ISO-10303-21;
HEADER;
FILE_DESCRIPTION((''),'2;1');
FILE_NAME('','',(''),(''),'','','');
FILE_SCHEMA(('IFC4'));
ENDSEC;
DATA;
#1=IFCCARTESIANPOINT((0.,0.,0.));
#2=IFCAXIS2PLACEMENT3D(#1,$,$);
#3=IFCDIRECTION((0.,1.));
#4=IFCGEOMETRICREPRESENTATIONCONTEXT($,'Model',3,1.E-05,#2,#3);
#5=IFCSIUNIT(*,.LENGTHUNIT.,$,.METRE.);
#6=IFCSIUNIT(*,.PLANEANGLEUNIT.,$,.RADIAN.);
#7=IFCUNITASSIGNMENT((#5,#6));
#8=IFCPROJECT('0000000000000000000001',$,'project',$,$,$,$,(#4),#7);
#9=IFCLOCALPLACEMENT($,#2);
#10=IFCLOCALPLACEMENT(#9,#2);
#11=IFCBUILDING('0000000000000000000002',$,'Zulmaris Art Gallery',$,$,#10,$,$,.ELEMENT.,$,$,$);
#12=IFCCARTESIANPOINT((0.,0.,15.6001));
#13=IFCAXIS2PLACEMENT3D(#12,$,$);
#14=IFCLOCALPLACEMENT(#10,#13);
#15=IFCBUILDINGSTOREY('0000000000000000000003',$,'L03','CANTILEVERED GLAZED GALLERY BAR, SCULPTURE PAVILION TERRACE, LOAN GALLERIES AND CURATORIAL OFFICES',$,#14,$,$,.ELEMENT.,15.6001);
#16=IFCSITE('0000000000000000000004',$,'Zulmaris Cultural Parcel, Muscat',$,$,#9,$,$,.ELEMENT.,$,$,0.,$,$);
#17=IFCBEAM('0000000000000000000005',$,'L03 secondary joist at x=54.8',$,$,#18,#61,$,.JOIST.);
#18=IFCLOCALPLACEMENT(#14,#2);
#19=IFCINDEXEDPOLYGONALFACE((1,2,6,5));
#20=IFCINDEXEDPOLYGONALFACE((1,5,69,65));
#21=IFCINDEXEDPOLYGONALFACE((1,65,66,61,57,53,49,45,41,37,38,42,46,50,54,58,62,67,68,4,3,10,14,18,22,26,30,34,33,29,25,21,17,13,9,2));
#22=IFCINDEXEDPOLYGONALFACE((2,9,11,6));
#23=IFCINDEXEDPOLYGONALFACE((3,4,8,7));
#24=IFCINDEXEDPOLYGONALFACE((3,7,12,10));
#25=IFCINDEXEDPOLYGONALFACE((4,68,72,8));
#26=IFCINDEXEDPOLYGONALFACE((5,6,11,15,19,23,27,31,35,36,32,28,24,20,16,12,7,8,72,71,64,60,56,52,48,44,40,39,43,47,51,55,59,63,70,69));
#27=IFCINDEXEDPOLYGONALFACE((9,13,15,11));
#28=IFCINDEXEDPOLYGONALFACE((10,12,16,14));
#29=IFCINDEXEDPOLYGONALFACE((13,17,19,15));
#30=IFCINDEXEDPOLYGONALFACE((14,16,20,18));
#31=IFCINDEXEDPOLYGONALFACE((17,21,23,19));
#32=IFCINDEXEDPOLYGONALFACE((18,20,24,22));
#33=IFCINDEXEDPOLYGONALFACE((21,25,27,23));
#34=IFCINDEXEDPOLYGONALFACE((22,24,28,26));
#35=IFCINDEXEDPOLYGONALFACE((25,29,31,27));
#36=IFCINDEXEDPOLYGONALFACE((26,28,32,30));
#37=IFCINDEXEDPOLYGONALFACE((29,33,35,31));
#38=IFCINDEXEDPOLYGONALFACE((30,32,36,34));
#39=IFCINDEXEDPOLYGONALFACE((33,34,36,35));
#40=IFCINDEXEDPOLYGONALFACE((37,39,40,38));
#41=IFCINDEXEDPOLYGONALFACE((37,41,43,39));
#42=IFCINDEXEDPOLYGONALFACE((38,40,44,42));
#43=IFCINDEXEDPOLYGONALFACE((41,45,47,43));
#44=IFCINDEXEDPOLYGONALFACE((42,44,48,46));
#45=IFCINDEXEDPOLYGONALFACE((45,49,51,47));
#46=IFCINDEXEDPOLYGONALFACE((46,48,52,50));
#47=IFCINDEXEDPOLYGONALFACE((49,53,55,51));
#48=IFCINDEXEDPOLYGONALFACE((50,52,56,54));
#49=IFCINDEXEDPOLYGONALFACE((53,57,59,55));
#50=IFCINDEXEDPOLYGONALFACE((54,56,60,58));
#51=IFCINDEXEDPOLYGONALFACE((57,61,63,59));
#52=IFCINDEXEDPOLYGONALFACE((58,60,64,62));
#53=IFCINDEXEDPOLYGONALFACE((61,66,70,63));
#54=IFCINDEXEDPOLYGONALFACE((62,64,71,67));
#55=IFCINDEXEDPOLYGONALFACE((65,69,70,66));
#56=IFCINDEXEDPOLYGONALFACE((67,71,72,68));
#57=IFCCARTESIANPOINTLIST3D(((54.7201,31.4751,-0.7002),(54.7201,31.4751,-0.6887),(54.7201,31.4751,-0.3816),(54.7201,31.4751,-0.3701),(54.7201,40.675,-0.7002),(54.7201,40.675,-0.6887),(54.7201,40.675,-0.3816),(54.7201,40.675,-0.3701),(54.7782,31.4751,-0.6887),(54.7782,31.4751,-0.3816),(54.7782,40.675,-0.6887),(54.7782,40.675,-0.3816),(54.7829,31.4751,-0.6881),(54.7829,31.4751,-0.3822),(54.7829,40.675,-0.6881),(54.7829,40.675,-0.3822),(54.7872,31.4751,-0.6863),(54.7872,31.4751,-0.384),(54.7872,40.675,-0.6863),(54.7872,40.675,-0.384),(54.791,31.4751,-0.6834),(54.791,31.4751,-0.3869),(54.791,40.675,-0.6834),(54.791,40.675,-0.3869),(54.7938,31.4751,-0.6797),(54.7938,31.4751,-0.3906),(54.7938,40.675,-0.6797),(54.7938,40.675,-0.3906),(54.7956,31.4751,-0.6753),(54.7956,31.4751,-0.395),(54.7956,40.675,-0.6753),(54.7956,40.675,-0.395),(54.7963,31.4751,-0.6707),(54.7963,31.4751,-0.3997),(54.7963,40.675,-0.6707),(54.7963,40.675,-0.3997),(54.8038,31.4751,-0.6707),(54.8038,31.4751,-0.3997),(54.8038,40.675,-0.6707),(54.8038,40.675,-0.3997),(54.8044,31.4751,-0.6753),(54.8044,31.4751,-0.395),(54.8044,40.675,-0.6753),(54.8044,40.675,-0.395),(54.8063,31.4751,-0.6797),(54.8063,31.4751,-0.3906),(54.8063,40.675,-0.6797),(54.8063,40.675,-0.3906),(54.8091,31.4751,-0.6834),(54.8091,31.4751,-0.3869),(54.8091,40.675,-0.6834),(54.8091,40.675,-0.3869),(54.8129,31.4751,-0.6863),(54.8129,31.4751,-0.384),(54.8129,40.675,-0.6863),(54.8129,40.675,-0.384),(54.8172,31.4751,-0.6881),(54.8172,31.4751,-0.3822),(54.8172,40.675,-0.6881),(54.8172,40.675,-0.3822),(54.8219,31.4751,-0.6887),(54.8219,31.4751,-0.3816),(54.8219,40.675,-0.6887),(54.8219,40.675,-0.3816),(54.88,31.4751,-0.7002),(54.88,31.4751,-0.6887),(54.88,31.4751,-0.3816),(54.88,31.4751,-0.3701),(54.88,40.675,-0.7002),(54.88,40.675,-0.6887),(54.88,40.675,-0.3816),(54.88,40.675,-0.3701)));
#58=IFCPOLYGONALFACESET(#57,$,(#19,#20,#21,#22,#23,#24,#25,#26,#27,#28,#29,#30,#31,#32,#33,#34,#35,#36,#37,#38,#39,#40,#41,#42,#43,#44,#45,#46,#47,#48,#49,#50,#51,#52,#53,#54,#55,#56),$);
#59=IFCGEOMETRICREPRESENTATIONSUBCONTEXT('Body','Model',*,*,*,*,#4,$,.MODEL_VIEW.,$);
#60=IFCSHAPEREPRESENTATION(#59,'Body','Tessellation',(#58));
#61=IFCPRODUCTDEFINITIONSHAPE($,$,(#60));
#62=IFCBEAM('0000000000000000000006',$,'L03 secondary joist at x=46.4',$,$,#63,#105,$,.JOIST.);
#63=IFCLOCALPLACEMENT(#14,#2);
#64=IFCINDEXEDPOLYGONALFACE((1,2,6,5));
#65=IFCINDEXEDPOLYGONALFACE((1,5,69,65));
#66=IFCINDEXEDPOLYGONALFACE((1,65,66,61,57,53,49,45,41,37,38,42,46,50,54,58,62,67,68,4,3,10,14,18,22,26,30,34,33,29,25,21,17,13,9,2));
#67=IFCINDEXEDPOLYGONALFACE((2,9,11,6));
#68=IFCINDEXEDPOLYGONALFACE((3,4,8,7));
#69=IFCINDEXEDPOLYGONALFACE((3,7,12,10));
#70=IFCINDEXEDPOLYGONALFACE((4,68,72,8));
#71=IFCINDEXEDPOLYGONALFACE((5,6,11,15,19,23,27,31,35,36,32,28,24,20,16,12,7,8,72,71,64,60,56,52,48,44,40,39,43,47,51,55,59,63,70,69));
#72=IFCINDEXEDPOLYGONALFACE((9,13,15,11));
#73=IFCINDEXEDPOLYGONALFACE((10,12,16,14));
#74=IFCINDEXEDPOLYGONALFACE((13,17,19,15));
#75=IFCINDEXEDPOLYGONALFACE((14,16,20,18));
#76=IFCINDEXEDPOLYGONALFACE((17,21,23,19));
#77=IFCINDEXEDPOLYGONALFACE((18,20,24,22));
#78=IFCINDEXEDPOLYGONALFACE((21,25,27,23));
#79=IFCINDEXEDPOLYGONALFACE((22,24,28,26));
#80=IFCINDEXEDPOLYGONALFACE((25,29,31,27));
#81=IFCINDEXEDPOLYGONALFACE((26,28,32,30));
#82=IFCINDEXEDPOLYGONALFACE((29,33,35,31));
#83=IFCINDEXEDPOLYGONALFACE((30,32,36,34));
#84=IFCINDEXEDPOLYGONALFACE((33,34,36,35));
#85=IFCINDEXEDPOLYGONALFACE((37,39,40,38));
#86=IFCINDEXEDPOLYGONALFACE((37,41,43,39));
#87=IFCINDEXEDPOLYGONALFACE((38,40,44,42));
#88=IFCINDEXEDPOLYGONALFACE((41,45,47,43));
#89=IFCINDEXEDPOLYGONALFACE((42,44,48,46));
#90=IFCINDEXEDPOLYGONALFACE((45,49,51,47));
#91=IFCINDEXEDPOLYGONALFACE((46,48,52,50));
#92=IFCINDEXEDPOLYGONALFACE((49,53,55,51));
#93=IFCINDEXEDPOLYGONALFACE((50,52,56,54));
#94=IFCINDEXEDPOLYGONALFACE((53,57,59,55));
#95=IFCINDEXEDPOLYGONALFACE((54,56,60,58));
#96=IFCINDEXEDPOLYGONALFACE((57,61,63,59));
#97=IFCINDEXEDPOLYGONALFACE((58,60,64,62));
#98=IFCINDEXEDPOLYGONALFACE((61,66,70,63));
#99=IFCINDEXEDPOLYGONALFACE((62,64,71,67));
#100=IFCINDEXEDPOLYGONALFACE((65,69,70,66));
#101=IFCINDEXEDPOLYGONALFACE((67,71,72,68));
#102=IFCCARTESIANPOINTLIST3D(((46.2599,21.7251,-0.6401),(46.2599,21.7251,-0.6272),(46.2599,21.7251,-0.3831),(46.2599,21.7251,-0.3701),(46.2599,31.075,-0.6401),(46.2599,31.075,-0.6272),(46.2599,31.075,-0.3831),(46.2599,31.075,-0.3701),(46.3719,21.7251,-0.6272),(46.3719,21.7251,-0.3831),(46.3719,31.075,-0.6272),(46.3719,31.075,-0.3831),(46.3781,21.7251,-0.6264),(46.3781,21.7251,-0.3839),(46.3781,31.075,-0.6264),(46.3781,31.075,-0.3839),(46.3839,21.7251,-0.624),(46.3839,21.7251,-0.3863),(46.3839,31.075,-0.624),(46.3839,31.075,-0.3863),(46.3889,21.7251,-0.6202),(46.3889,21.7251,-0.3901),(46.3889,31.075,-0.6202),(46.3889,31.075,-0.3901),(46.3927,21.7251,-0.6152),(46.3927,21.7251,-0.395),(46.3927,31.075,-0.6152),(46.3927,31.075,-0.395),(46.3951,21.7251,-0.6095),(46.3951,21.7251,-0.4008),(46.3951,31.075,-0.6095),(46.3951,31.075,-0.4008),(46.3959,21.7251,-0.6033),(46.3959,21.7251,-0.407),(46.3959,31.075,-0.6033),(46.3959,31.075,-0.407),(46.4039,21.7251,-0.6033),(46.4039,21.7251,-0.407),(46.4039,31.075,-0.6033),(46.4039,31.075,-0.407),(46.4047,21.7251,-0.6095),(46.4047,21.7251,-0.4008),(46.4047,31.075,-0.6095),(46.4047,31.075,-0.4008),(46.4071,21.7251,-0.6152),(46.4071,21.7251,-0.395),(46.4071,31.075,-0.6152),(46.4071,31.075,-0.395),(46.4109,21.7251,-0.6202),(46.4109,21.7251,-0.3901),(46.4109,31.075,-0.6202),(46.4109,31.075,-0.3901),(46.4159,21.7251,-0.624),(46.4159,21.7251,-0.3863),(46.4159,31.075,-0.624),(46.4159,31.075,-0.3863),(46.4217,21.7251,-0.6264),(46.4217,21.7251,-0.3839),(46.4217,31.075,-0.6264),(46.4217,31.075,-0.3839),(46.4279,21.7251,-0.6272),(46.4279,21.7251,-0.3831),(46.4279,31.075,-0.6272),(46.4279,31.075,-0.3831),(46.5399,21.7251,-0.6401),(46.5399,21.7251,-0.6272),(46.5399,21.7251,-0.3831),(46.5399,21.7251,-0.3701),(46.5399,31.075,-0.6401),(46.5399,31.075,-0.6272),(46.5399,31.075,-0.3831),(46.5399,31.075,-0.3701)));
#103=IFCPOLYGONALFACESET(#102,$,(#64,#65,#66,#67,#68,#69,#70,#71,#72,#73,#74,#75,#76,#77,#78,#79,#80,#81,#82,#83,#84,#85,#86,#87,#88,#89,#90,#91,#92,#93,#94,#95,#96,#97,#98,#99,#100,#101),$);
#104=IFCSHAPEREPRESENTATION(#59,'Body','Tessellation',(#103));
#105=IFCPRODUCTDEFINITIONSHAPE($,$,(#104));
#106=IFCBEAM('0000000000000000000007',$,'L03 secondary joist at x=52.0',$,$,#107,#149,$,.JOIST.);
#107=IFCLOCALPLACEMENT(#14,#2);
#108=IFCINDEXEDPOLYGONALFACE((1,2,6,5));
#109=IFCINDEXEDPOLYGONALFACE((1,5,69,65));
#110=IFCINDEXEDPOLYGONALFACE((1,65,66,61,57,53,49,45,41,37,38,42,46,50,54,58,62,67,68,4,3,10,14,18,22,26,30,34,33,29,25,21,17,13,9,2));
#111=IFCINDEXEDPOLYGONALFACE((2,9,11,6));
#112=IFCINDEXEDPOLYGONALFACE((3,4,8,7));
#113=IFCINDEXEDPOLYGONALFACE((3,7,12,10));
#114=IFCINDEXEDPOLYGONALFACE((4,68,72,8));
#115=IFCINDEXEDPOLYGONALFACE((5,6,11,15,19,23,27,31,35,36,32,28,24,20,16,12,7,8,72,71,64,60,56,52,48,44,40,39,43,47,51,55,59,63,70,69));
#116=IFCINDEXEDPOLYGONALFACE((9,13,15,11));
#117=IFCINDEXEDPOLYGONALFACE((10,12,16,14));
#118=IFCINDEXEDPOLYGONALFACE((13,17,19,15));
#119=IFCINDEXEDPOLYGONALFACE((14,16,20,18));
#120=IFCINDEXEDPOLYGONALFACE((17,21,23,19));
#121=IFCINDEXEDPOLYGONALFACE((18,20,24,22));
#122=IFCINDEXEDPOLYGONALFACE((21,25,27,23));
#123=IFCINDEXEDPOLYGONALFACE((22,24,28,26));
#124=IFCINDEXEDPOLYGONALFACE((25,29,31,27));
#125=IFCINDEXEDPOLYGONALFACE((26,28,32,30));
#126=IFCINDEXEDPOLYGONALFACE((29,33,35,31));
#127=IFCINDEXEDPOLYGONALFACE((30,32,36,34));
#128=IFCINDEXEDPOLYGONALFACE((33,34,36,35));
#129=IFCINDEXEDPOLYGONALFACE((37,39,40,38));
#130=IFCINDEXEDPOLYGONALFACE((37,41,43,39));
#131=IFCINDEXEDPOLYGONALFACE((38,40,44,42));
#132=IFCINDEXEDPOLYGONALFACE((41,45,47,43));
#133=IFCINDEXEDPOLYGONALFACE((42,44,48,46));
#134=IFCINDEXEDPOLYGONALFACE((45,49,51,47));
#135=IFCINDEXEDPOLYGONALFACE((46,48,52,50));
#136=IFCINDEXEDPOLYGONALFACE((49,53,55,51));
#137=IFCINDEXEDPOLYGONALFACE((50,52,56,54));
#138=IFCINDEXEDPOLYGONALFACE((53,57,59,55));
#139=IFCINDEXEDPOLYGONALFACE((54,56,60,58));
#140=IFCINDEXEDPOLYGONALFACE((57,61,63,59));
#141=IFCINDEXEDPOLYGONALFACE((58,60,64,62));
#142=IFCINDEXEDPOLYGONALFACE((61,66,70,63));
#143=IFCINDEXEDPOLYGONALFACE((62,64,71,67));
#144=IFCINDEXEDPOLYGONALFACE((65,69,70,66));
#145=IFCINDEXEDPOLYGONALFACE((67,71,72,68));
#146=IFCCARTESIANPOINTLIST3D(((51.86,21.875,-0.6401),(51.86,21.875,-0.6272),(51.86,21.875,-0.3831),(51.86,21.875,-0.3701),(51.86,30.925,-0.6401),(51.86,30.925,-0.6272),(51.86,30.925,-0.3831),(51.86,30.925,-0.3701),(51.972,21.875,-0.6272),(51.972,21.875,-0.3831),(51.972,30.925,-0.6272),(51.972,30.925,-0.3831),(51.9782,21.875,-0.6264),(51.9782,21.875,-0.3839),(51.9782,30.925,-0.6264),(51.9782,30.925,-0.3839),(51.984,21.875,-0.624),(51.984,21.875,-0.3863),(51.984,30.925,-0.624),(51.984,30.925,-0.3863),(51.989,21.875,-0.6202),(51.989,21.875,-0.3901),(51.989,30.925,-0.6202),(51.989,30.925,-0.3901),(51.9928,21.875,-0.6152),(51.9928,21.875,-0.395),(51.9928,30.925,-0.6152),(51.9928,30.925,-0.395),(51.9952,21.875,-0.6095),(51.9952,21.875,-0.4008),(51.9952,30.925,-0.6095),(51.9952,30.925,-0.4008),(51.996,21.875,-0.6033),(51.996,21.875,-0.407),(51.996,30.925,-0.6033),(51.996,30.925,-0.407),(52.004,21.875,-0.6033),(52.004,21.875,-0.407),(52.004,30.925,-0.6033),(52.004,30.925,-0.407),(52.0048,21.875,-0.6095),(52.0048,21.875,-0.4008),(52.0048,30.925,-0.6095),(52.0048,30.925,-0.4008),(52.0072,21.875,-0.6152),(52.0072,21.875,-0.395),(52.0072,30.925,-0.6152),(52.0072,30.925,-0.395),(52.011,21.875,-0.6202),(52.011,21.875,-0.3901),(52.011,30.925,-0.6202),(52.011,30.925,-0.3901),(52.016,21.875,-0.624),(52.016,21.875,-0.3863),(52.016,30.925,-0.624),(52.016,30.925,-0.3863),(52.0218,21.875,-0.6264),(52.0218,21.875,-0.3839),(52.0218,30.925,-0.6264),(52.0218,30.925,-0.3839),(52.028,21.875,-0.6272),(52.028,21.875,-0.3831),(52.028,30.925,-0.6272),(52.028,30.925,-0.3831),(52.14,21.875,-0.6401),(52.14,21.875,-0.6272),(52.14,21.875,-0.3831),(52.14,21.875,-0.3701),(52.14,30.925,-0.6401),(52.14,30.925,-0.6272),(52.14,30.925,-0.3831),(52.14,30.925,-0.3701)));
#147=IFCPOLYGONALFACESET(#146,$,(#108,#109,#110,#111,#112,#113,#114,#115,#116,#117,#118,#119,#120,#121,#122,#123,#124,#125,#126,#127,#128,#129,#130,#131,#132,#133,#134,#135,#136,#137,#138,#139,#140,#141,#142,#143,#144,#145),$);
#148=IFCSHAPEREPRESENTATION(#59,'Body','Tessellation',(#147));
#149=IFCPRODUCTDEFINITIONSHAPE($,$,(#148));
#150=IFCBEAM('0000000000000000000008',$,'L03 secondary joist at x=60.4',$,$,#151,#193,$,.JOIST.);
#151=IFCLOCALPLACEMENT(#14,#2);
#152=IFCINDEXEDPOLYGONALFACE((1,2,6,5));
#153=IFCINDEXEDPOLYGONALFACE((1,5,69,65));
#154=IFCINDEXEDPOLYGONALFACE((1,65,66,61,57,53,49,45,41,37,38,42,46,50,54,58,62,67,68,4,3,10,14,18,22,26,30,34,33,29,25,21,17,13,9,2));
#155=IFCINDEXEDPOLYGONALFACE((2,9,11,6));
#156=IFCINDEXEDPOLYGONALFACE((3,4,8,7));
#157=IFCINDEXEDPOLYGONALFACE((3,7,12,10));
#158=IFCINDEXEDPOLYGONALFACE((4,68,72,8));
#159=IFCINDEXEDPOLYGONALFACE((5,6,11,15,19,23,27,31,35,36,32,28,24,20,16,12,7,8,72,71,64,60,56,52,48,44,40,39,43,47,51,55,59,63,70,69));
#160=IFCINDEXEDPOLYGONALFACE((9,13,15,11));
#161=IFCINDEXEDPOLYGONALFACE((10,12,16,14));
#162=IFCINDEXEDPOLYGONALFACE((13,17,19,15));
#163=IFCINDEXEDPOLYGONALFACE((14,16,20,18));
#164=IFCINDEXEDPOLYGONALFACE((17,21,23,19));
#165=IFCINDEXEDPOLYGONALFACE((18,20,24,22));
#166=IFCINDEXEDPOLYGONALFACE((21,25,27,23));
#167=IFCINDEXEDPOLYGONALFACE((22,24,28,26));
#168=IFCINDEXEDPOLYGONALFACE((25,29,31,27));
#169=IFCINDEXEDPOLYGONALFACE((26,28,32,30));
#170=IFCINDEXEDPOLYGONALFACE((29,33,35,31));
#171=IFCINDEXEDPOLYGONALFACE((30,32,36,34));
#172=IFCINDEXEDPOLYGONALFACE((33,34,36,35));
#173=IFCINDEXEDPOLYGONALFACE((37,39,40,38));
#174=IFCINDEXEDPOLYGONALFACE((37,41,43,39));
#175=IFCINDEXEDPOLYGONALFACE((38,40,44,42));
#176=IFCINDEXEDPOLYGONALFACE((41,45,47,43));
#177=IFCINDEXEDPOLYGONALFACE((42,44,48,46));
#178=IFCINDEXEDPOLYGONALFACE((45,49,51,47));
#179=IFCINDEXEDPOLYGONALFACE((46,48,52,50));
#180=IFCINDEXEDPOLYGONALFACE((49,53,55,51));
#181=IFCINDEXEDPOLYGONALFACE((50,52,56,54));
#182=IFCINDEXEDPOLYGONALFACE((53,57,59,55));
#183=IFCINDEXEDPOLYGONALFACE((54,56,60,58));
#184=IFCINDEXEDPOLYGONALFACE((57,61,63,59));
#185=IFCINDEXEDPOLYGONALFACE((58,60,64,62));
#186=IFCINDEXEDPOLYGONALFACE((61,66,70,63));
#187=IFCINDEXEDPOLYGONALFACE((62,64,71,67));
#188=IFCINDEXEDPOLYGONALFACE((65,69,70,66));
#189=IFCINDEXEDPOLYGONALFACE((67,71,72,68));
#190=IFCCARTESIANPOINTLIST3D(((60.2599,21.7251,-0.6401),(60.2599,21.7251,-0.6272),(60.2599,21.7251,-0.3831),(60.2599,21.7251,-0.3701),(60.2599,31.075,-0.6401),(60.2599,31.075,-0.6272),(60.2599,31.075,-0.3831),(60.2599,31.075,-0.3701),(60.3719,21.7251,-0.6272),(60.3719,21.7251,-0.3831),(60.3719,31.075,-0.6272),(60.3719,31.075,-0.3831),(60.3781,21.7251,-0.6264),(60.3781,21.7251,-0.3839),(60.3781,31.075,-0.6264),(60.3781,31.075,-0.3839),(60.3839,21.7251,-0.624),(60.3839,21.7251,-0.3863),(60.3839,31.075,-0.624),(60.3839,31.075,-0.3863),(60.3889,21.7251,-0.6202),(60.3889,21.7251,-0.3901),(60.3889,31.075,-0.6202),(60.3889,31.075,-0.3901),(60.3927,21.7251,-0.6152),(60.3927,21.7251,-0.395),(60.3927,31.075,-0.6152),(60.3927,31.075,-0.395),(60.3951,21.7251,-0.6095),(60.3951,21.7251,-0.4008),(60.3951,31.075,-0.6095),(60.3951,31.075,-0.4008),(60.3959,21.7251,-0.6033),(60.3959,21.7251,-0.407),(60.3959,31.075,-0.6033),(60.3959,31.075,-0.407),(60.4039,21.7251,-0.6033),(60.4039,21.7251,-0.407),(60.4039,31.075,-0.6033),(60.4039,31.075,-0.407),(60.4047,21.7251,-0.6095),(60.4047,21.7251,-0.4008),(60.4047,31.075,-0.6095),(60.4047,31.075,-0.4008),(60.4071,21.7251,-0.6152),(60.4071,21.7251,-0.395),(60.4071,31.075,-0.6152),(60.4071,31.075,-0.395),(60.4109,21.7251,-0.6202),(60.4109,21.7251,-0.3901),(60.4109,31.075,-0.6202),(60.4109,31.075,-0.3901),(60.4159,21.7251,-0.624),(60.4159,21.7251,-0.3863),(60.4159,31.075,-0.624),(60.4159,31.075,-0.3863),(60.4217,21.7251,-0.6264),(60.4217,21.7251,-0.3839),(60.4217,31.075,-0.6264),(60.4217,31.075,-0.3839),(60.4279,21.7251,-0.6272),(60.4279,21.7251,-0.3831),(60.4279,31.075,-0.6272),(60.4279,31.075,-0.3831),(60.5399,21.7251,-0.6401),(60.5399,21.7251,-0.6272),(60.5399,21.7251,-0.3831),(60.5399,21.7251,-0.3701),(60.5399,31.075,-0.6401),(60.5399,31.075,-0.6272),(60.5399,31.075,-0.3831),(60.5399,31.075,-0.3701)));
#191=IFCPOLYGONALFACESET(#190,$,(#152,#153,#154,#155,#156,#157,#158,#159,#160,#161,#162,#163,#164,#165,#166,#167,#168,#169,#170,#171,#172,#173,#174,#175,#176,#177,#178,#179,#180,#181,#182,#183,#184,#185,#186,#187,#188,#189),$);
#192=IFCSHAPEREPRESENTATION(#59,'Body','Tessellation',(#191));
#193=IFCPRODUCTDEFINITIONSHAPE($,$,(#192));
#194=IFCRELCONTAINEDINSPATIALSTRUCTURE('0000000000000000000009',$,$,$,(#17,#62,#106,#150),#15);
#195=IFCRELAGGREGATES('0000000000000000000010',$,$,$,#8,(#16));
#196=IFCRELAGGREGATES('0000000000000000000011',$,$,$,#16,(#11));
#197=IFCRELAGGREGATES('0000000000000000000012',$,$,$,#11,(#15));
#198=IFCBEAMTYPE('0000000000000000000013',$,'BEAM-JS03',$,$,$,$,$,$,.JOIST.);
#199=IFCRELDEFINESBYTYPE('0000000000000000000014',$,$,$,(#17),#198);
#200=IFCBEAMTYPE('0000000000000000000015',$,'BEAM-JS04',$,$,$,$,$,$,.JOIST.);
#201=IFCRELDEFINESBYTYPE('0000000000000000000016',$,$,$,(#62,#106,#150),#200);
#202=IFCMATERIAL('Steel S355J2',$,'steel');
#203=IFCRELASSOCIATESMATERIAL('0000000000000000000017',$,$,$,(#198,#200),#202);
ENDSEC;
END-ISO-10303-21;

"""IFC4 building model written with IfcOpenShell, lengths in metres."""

from ifc_helpers import new_model, si_unit, direction, frame, origin, origin_2d, place, context, subcontext, project, spatial, i_section, extrude, material, material_profile, profile_set, type_object, element, save


model = new_model("IFC4")

# Units and contexts
model_context = context("Model", 3, precision=1e-05, world=origin(), true_north=direction((0.0, 1.0)))
body_context = subcontext(model_context, "Body", "Model", "MODEL_VIEW")
ifc_project = project(units=[si_unit("LENGTHUNIT", "METRE"), si_unit("PLANEANGLEUNIT", "RADIAN")], contexts=[model_context])

# Site, building, storey
site_placement = place(None, origin())
site = spatial("IfcSite", under=ifc_project, at=site_placement, Name="Zulmaris Cultural Parcel, Muscat", CompositionType="ELEMENT", RefElevation=0.0)
building_placement = place(site_placement, origin())
building = spatial("IfcBuilding", under=site, at=building_placement, Name="Zulmaris Art Gallery", CompositionType="ELEMENT")
storey_placement = place(building_placement, frame((0.0, 0.0, 15.6001)))
storey = spatial("IfcBuildingStorey", under=building, at=storey_placement, Name="L03", Description="CANTILEVERED GLAZED GALLERY BAR, SCULPTURE PAVILION TERRACE, LOAN GALLERIES AND CURATORIAL OFFICES", CompositionType="ELEMENT", Elevation=15.6001)

# Beams
ifc_material_1 = material(Name="Steel S355J2", Category="steel")
ifc_material_profile_1 = material_profile(ifc_material_1, i_section(OverallWidth=0.1599, OverallDepth=0.3301, WebThickness=0.0076, FlangeThickness=0.0115, FilletRadius=0.0181, at=origin_2d()), Name="IPE 330")
ifc_profile_set_1 = profile_set([ifc_material_profile_1], Name="Steel S355J2")
beam_type_1 = type_object("IfcBeamType", Name="BEAM-JS03", PredefinedType="JOIST", material=ifc_profile_set_1)
beam_1_placement = place(storey_placement, frame((54.8, 31.4751, -0.5352), z_axis=(0.0, 1.0, 0.0), x_axis=(-1.0, 0.0, 0.0)))
element("IfcBeam", 1, at=beam_1_placement, inside=storey, type_object=beam_type_1, Name="L03 secondary joist at x=54.8", PredefinedType="JOIST", context=body_context, shape_type="SweptSolid", body=[
    extrude(i_section(OverallWidth=0.1599, OverallDepth=0.3301, WebThickness=0.0076, FlangeThickness=0.0115, FilletRadius=0.0181, at=origin_2d()), origin(), (0.0, 0.0, 1.0), 9.2),
])
ifc_material_profile_2 = material_profile(ifc_material_1, i_section(OverallWidth=0.28, OverallDepth=0.27, WebThickness=0.0081, FlangeThickness=0.0129, FilletRadius=0.0239, at=origin_2d()), Name="HEA 280")
ifc_profile_set_2 = profile_set([ifc_material_profile_2], Name="Steel S355J2")
beam_type_2 = type_object("IfcBeamType", Name="BEAM-JS04", PredefinedType="JOIST", material=ifc_profile_set_2)
beam_2_placement = place(storey_placement, frame((46.3999, 21.7251, -0.5051), z_axis=(0.0, 1.0, 0.0), x_axis=(-1.0, 0.0, 0.0)))
element("IfcBeam", 2, at=beam_2_placement, inside=storey, type_object=beam_type_2, Name="L03 secondary joist at x=46.4", PredefinedType="JOIST", context=body_context, shape_type="SweptSolid", body=[
    extrude(i_section(OverallWidth=0.28, OverallDepth=0.27, WebThickness=0.0081, FlangeThickness=0.0129, FilletRadius=0.0239, at=origin_2d()), origin(), (0.0, 0.0, 1.0), 9.3499),
])
beam_3_placement = place(storey_placement, frame((52.0, 21.875, -0.5051), z_axis=(0.0, 1.0, 0.0), x_axis=(-1.0, 0.0, 0.0)))
element("IfcBeam", 3, at=beam_3_placement, inside=storey, type_object=beam_type_2, Name="L03 secondary joist at x=52.0", PredefinedType="JOIST", context=body_context, shape_type="SweptSolid", body=[
    extrude(i_section(OverallWidth=0.28, OverallDepth=0.27, WebThickness=0.0081, FlangeThickness=0.0129, FilletRadius=0.0239, at=origin_2d()), origin(), (0.0, 0.0, 1.0), 9.05),
])
beam_4_placement = place(storey_placement, frame((60.3999, 21.7251, -0.5051), z_axis=(0.0, 1.0, 0.0), x_axis=(-1.0, 0.0, 0.0)))
element("IfcBeam", 4, at=beam_4_placement, inside=storey, type_object=beam_type_2, Name="L03 secondary joist at x=60.4", PredefinedType="JOIST", context=body_context, shape_type="SweptSolid", body=[
    extrude(i_section(OverallWidth=0.28, OverallDepth=0.27, WebThickness=0.0081, FlangeThickness=0.0129, FilletRadius=0.0239, at=origin_2d()), origin(), (0.0, 0.0, 1.0), 9.3499),
])

save(model, "model.ifc")
